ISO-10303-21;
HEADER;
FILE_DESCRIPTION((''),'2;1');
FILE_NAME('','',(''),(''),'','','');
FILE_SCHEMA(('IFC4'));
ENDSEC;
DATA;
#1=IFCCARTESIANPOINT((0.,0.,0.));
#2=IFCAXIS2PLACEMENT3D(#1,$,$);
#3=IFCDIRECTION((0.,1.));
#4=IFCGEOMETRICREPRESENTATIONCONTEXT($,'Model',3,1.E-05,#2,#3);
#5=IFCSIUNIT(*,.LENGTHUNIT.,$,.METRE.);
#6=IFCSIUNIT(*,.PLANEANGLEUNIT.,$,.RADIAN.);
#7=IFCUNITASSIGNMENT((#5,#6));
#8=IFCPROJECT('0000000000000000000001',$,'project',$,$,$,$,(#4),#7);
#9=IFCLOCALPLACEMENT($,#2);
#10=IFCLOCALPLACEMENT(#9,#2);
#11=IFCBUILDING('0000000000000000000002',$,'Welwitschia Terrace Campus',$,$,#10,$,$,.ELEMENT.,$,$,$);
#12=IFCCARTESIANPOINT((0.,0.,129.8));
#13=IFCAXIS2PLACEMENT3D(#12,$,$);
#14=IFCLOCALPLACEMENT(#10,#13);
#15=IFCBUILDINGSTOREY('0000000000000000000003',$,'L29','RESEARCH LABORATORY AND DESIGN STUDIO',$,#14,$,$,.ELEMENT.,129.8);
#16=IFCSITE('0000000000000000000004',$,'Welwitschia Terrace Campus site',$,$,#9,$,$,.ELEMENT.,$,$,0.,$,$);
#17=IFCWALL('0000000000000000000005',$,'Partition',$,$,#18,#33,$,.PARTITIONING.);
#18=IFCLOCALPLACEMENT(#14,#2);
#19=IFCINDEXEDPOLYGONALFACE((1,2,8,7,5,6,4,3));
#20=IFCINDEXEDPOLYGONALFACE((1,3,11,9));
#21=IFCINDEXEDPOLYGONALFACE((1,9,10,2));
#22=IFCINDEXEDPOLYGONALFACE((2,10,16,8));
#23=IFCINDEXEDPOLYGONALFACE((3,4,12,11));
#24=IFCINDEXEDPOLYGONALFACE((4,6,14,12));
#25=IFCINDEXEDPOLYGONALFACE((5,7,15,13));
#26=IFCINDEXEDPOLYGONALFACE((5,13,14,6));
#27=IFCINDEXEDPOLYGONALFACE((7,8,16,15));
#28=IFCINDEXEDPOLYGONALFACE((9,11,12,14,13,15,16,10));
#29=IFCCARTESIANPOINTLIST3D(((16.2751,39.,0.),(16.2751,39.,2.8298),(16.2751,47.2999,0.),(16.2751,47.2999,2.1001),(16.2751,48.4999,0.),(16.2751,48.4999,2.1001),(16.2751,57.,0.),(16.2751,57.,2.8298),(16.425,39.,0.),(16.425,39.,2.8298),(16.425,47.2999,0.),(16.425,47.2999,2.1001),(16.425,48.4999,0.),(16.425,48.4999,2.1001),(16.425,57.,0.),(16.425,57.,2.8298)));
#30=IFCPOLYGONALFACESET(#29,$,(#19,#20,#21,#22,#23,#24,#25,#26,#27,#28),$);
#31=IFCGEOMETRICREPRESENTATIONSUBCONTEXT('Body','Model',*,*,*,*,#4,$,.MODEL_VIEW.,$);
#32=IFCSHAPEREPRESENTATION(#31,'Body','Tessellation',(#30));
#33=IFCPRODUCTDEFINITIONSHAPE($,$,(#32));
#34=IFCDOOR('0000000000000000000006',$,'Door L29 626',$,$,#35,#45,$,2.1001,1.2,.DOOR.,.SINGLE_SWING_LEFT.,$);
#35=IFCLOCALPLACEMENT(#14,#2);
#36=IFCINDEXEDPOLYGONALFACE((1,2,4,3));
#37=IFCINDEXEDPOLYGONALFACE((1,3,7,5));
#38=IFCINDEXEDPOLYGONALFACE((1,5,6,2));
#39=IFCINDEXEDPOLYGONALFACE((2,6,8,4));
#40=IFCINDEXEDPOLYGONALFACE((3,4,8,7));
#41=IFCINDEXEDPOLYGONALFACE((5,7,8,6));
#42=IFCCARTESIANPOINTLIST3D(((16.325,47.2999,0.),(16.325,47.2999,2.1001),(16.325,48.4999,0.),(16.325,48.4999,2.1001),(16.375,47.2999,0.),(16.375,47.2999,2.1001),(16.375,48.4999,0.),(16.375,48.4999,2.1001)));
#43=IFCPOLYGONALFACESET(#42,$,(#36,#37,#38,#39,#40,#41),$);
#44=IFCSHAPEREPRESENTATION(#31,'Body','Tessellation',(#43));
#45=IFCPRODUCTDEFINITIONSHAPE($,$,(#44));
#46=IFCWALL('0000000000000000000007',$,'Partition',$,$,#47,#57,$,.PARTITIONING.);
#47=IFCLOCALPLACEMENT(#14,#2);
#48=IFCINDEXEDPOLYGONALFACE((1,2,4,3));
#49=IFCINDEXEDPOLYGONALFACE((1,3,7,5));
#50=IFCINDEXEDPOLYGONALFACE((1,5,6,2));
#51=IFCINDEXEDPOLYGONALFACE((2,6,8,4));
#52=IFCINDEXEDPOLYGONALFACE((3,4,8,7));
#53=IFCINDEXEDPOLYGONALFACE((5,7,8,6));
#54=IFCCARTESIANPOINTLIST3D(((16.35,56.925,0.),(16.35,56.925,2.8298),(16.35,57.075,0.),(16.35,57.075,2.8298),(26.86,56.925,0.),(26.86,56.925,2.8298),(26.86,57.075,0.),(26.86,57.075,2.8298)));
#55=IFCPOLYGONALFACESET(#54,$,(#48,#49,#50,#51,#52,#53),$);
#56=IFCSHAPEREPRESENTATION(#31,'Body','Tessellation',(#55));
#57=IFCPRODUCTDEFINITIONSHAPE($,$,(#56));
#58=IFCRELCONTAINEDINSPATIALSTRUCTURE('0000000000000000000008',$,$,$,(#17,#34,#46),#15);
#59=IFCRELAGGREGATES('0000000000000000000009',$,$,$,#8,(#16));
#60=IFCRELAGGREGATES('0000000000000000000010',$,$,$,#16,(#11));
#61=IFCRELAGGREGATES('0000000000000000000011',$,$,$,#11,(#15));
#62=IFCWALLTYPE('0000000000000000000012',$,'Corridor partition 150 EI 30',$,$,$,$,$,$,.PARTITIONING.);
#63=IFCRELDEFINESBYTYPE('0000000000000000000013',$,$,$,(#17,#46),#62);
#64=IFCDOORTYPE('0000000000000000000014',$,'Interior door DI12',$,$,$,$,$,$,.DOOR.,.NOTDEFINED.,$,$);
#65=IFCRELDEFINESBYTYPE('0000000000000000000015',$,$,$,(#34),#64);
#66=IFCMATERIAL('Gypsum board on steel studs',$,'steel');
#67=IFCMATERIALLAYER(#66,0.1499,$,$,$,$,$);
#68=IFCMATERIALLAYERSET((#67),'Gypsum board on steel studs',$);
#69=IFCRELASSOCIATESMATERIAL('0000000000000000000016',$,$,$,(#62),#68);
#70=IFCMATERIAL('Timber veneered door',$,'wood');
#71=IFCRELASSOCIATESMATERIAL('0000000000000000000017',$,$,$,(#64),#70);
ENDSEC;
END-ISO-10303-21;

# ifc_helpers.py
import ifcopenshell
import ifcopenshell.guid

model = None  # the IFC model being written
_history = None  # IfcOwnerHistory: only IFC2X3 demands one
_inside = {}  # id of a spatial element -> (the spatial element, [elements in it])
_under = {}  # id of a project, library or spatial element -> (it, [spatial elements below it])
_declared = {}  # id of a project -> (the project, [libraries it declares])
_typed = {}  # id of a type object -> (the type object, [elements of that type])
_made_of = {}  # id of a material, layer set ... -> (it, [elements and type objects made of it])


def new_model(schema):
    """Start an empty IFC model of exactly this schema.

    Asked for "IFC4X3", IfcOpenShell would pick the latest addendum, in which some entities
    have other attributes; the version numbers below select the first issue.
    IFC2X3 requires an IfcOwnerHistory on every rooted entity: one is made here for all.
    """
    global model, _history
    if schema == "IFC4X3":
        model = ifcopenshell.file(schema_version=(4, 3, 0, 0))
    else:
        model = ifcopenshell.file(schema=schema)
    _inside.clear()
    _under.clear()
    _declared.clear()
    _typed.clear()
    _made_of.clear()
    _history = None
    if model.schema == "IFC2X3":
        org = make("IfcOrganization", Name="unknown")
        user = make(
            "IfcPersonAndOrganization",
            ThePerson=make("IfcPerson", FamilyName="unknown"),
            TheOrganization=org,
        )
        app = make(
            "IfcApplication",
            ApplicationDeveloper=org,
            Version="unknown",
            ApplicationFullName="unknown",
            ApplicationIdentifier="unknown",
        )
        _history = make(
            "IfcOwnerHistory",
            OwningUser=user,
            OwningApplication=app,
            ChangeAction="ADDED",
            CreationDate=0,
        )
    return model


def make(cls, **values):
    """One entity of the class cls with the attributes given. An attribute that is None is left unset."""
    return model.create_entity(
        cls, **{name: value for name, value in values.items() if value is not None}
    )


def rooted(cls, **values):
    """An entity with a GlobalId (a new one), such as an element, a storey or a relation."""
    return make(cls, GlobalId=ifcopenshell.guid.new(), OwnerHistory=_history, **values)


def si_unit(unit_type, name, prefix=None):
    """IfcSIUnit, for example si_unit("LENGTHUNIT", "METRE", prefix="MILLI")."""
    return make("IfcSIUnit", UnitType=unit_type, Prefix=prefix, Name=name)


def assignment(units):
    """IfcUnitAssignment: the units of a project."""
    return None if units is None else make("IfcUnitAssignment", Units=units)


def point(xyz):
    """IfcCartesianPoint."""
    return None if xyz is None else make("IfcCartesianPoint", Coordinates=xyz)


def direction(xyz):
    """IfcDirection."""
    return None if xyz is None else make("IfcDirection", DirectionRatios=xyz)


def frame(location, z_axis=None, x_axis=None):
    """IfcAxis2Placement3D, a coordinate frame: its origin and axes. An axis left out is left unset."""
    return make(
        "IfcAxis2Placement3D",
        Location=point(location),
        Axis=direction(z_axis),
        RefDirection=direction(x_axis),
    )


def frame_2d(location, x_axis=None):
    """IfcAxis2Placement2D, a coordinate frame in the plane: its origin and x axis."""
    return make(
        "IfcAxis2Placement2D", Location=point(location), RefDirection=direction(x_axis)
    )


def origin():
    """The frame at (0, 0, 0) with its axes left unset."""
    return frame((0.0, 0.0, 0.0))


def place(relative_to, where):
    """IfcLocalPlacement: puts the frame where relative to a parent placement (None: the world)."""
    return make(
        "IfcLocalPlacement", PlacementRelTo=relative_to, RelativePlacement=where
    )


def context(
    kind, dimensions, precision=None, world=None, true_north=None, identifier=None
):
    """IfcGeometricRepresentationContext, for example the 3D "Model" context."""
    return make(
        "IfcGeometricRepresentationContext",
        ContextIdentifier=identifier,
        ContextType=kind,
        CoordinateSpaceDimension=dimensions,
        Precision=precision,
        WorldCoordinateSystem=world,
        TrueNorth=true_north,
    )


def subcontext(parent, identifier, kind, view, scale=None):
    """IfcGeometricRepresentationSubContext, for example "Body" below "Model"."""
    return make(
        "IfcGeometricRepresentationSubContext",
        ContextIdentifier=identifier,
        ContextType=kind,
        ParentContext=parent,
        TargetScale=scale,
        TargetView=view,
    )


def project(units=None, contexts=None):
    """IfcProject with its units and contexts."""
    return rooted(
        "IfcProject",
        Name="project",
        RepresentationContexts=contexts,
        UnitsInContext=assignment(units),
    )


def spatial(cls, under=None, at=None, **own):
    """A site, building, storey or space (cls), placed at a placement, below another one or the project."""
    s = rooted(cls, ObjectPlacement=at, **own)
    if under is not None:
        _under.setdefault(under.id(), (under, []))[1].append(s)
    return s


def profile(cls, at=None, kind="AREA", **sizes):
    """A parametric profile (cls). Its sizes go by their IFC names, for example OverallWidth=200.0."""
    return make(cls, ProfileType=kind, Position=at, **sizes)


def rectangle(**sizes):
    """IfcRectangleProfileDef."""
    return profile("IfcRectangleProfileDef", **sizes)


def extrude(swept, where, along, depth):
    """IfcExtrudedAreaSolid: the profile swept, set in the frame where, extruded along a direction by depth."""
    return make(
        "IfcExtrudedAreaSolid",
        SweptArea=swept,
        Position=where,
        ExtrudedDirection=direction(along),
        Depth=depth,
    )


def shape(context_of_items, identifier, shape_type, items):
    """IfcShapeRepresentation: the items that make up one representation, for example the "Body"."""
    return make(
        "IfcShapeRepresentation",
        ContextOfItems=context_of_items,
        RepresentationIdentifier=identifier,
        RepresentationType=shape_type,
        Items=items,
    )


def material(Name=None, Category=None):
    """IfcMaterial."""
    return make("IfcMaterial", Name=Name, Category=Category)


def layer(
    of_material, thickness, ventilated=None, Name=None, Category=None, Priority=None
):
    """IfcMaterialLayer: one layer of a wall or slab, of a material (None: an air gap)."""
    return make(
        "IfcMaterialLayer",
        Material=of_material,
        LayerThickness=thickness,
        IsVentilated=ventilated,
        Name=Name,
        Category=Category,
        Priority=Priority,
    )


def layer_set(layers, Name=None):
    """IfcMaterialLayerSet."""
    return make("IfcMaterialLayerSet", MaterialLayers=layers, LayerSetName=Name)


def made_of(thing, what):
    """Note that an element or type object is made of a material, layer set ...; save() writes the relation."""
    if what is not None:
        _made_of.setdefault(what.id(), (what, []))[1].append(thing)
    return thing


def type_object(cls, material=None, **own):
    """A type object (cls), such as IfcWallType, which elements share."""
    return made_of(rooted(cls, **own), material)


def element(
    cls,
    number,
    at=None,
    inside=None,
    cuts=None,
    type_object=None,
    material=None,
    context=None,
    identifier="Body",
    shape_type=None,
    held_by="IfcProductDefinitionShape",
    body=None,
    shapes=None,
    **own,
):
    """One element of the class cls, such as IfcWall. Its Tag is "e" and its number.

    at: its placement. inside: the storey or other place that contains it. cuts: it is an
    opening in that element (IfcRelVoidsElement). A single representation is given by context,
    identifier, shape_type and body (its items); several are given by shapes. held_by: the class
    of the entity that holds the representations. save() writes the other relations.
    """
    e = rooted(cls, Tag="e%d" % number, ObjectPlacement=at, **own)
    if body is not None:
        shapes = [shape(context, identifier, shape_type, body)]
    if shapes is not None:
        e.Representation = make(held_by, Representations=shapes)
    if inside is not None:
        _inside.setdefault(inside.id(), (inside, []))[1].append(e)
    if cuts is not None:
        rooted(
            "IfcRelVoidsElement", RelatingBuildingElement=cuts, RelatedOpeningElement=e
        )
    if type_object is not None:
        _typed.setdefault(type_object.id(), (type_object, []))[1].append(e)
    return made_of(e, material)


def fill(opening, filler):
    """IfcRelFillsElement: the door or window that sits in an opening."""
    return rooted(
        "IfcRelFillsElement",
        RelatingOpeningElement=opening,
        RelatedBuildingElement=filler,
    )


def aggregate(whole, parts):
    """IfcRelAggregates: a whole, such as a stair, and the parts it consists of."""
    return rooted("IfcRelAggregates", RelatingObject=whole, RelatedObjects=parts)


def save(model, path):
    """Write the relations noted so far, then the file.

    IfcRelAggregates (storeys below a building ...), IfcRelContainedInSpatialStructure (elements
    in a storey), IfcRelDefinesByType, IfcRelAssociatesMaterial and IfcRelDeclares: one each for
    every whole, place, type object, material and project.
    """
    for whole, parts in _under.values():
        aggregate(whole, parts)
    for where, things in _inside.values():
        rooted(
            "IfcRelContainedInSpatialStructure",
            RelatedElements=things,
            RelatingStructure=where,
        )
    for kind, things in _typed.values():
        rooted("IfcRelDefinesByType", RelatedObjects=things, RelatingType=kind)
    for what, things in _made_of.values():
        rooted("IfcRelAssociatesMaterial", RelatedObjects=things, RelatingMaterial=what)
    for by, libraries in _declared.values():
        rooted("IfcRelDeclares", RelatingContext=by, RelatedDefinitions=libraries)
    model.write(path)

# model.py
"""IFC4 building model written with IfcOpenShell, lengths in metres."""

from ifc_helpers import new_model, si_unit, direction, frame, frame_2d, origin, place, context, subcontext, project, spatial, rectangle, extrude, material, layer, layer_set, type_object, element, fill, save


model = new_model("IFC4")

# Units and contexts
model_context = context("Model", 3, precision=1e-05, world=origin(), true_north=direction((0.0, 1.0)))
body_context = subcontext(model_context, "Body", "Model", "MODEL_VIEW")
ifc_project = project(units=[si_unit("LENGTHUNIT", "METRE"), si_unit("PLANEANGLEUNIT", "RADIAN")], contexts=[model_context])

# Site, building, storey
site_placement = place(None, origin())
site = spatial("IfcSite", under=ifc_project, at=site_placement, Name="Welwitschia Terrace Campus site", CompositionType="ELEMENT", RefElevation=0.0)
building_placement = place(site_placement, origin())
building = spatial("IfcBuilding", under=site, at=building_placement, Name="Welwitschia Terrace Campus", CompositionType="ELEMENT")
storey_placement = place(building_placement, frame((0.0, 0.0, 129.8)))
storey = spatial("IfcBuildingStorey", under=building, at=storey_placement, Name="L29", Description="RESEARCH LABORATORY AND DESIGN STUDIO", CompositionType="ELEMENT", Elevation=129.8)

# Wall, opening, door
ifc_material_1 = material(Name="Gypsum board on steel studs", Category="steel")
ifc_layer_1 = layer(ifc_material_1, 0.1499)
ifc_layer_set_1 = layer_set([ifc_layer_1], Name="Gypsum board on steel studs")
wall_type = type_object("IfcWallType", Name="Corridor partition 150 EI 30", PredefinedType="PARTITIONING", material=ifc_layer_set_1)
wall_1_placement = place(storey_placement, frame((16.3501, 57.0, 0.0), z_axis=(0.0, 0.0, 1.0), x_axis=(0.0, -1.0, 0.0)))
wall_1 = element("IfcWall", 1, at=wall_1_placement, inside=storey, type_object=wall_type, Name="Partition", PredefinedType="PARTITIONING", context=body_context, shape_type="SweptSolid", body=[
    extrude(rectangle(XDim=18.0, YDim=0.1499, at=frame_2d((9.0, 0.0))), origin(), (0.0, 0.0, 1.0), 2.8298),
])
opening_placement = place(wall_1_placement, frame((8.5, 0.0, 0.0)))
opening = element("IfcOpeningElement", 2, at=opening_placement, cuts=wall_1, PredefinedType="OPENING", context=body_context, shape_type="SweptSolid", body=[
    extrude(rectangle(XDim=1.2, YDim=2.1001, at=frame_2d((0.6001, 1.05))), frame((0.0, 0.085, 0.0), z_axis=(0.0, -1.0, 0.0), x_axis=(1.0, 0.0, 0.0)), (0.0, 0.0, 1.0), 0.1699),
])
ifc_material_2 = material(Name="Timber veneered door", Category="wood")
door_type = type_object("IfcDoorType", Name="Interior door DI12", OperationType="NOTDEFINED", PredefinedType="DOOR", material=ifc_material_2)
door_placement = place(opening_placement, origin())
door = element("IfcDoor", 3, at=door_placement, inside=storey, type_object=door_type, Name="Door L29 626", OperationType="SINGLE_SWING_LEFT", OverallHeight=2.1001, OverallWidth=1.2, PredefinedType="DOOR", context=body_context, shape_type="SweptSolid", body=[
    extrude(rectangle(XDim=1.2, YDim=2.1001, at=frame_2d((0.6001, 1.05))), frame((0.0, 0.0249, 0.0), z_axis=(0.0, -1.0, 0.0), x_axis=(1.0, 0.0, 0.0)), (0.0, 0.0, 1.0), 0.05),
])
fill(opening, door)

# Wall
wall_2_placement = place(storey_placement, frame((16.3501, 57.0, 0.0), z_axis=(0.0, 0.0, 1.0), x_axis=(1.0, 0.0, 0.0)))
element("IfcWall", 4, at=wall_2_placement, inside=storey, type_object=wall_type, Name="Partition", PredefinedType="PARTITIONING", context=body_context, shape_type="SweptSolid", body=[
    extrude(rectangle(XDim=10.51, YDim=0.1499, at=frame_2d((5.2549, 0.0))), origin(), (0.0, 0.0, 1.0), 2.8298),
])

save(model, "model.ifc")
